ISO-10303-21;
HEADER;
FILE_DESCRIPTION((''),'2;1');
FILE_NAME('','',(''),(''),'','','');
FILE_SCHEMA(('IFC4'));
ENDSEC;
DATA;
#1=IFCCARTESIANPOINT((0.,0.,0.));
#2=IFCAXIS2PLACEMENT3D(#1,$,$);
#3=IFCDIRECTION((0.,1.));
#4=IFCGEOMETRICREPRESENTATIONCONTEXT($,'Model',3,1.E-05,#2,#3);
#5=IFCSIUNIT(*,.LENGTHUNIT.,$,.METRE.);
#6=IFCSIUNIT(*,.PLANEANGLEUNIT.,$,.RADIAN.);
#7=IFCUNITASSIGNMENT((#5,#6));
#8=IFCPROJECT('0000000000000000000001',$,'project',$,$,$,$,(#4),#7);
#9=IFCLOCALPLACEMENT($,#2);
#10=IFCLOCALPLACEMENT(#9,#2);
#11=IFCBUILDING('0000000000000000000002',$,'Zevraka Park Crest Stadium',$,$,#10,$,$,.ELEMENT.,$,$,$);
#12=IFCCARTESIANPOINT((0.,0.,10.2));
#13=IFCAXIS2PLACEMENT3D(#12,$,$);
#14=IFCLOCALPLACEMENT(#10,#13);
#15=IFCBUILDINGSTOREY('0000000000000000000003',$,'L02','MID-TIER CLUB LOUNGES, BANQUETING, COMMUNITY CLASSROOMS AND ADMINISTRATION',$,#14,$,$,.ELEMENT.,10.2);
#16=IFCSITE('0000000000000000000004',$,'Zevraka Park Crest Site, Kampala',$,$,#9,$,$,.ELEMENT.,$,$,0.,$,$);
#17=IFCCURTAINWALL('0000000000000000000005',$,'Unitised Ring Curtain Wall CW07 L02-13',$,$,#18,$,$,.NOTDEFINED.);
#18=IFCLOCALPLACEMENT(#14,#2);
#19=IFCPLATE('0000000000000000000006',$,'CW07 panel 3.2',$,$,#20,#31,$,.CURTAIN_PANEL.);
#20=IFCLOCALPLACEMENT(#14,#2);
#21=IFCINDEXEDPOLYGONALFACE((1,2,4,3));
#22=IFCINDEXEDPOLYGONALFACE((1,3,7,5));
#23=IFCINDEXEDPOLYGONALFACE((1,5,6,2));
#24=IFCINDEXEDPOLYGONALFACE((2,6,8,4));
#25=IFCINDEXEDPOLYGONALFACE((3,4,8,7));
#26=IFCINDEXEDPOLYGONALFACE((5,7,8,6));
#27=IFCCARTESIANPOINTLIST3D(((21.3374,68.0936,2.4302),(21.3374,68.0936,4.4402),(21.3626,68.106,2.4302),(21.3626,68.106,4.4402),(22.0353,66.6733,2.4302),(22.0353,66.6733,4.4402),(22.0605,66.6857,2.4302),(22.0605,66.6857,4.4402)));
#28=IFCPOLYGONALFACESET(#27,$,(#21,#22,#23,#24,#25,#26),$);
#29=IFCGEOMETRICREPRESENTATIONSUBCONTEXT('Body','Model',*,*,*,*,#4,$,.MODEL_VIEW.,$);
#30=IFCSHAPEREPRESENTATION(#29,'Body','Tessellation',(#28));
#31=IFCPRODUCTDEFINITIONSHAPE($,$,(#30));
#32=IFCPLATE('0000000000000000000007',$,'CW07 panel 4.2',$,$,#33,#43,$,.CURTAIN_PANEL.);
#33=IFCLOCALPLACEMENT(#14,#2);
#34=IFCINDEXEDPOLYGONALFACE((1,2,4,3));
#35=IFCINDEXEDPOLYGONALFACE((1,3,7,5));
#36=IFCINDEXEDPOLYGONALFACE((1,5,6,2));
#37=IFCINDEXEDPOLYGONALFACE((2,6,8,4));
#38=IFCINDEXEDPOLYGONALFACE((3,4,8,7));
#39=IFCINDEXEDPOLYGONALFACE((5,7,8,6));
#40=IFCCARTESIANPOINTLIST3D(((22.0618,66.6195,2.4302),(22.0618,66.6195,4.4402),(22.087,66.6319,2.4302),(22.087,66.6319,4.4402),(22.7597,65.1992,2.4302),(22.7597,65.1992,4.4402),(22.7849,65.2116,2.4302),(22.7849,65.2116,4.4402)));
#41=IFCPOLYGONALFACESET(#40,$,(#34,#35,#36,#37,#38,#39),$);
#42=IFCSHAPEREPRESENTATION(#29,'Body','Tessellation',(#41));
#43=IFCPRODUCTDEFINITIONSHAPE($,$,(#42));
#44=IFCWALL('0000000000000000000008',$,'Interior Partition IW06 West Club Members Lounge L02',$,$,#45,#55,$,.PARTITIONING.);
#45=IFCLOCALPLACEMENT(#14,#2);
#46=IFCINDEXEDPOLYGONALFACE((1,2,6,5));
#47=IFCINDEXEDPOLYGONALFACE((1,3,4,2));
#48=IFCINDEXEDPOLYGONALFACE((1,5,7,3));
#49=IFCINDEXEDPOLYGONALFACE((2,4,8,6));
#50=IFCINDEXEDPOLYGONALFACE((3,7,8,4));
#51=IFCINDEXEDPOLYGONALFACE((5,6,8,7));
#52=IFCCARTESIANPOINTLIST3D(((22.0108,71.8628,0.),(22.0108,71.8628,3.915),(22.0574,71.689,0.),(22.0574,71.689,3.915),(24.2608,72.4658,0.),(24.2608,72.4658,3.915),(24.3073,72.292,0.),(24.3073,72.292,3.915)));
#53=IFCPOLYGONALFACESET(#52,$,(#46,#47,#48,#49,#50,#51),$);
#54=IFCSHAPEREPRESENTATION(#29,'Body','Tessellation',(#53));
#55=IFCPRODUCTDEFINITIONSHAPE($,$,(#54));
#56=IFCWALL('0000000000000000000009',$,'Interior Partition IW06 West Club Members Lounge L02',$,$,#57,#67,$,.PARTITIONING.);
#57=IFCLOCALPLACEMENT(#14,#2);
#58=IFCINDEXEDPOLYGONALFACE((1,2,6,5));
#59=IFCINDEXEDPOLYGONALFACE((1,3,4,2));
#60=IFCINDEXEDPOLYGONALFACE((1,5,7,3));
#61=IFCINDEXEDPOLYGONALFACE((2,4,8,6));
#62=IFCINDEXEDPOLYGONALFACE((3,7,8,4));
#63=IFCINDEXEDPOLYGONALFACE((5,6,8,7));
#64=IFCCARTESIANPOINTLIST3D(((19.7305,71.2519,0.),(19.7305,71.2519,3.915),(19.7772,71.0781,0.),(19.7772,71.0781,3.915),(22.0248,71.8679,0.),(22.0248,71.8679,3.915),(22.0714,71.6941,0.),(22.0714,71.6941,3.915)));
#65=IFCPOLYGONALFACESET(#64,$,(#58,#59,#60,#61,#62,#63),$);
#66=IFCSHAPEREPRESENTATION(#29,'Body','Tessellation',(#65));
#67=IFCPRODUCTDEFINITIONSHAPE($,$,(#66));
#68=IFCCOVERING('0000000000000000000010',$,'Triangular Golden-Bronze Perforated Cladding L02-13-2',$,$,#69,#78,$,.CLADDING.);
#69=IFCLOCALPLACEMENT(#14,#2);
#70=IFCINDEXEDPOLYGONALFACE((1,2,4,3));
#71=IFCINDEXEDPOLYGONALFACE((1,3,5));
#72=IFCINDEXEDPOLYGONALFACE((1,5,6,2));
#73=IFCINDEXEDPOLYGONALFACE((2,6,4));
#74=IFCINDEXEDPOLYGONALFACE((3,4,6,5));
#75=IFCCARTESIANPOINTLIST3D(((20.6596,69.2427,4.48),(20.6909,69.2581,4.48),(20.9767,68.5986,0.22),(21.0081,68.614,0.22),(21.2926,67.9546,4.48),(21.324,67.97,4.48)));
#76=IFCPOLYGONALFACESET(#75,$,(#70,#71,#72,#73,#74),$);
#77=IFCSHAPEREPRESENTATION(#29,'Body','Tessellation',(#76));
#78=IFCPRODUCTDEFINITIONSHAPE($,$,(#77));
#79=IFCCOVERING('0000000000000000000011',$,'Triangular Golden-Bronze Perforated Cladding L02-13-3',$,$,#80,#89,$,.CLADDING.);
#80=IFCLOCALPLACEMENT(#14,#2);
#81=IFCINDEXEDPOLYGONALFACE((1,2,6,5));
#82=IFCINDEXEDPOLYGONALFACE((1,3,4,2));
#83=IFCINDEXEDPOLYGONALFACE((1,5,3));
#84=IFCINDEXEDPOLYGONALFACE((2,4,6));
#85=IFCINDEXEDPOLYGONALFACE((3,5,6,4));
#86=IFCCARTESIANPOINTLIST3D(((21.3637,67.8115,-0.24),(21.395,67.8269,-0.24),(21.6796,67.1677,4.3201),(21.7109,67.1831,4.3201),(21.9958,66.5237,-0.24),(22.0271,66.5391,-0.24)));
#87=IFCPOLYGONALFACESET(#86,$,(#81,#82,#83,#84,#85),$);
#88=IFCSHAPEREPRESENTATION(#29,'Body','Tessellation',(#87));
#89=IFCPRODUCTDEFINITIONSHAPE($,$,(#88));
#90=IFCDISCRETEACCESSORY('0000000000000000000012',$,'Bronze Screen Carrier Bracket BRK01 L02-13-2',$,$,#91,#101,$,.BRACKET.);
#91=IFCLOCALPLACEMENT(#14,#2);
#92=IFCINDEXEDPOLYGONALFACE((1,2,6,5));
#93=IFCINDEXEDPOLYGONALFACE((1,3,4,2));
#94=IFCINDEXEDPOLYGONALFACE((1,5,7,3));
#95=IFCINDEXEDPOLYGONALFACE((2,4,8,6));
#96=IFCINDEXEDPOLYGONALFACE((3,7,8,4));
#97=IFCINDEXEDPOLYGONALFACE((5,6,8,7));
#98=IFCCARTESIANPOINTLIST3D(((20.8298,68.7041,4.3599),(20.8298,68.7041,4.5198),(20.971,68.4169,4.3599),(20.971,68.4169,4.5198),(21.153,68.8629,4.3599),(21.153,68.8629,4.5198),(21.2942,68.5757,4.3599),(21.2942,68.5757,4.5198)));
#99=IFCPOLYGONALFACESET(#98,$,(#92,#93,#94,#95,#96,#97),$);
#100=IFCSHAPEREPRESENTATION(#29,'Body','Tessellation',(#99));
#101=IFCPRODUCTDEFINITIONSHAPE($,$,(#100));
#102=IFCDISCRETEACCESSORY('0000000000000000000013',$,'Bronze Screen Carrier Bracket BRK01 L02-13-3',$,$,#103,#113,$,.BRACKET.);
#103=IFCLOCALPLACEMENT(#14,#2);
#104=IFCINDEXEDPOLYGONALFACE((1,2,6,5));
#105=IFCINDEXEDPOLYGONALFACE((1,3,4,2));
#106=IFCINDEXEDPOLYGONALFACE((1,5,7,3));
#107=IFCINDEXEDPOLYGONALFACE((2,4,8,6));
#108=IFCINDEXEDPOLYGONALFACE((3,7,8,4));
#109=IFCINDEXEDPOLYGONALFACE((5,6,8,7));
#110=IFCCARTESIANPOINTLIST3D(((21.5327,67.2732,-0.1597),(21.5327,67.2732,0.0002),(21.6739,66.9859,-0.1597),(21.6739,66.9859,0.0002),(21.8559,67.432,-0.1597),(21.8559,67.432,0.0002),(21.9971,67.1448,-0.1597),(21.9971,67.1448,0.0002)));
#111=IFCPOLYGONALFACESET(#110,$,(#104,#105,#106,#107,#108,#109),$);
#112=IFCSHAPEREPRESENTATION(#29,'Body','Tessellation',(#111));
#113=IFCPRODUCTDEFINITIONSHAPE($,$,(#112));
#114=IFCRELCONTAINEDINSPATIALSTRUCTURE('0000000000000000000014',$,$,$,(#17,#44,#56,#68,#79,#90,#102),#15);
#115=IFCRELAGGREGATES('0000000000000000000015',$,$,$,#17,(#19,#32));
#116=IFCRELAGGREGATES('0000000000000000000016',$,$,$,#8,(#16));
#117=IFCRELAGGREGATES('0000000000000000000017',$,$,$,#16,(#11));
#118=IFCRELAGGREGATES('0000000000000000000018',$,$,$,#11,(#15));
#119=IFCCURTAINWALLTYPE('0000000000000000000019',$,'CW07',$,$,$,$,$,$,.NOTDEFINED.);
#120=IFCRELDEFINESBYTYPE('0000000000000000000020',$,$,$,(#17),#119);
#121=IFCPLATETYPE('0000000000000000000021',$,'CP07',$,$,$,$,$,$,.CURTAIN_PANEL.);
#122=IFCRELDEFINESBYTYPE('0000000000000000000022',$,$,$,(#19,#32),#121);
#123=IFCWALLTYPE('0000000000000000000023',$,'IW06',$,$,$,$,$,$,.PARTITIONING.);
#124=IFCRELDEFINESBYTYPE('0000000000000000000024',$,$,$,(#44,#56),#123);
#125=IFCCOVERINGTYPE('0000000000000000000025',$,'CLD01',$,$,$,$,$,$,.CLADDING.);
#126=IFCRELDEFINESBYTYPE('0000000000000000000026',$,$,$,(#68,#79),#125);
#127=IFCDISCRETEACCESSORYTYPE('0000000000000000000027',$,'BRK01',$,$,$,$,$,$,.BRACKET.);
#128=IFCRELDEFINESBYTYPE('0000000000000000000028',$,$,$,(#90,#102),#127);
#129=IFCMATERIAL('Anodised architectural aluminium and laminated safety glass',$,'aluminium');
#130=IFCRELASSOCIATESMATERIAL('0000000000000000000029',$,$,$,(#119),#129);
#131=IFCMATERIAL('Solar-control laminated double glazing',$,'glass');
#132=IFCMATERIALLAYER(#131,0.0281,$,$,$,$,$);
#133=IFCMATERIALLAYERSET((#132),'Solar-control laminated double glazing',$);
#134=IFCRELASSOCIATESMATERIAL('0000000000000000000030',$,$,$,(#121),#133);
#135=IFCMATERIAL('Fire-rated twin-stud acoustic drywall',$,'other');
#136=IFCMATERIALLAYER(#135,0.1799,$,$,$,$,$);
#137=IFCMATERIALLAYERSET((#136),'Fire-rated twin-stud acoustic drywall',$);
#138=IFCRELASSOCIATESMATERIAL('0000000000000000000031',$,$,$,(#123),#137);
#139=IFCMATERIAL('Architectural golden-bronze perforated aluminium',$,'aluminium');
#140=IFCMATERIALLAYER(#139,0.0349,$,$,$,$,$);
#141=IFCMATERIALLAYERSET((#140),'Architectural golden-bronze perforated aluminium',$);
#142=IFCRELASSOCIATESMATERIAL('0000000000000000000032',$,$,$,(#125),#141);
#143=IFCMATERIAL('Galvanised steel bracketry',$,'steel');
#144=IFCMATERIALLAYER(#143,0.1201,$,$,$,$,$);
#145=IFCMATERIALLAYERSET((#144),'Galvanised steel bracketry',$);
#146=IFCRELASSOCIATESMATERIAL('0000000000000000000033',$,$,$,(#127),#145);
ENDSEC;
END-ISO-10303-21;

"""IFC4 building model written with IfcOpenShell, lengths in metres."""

from ifc_helpers import new_model, si_unit, direction, frame, frame_2d, origin, origin_2d, place, context, subcontext, project, spatial, polyline, rectangle, outline, extrude, material, layer, layer_set, type_object, element, aggregate, save


model = new_model("IFC4")

# Units and contexts
model_context = context("Model", 3, precision=1e-05, world=origin(), true_north=direction((0.0, 1.0)))
body_context = subcontext(model_context, "Body", "Model", "MODEL_VIEW")
ifc_project = project(units=[si_unit("LENGTHUNIT", "METRE"), si_unit("PLANEANGLEUNIT", "RADIAN")], contexts=[model_context])

# Site, building, storey
site_placement = place(None, origin())
site = spatial("IfcSite", under=ifc_project, at=site_placement, Name="Zevraka Park Crest Site, Kampala", CompositionType="ELEMENT", RefElevation=0.0)
building_placement = place(site_placement, origin())
building = spatial("IfcBuilding", under=site, at=building_placement, Name="Zevraka Park Crest Stadium", CompositionType="ELEMENT")
storey_placement = place(building_placement, frame((0.0, 0.0, 10.2)))
storey = spatial("IfcBuildingStorey", under=building, at=storey_placement, Name="L02", Description="MID-TIER CLUB LOUNGES, BANQUETING, COMMUNITY CLASSROOMS AND ADMINISTRATION", CompositionType="ELEMENT", Elevation=10.2)

# Curtain wall
ifc_material_1 = material(Name="Anodised architectural aluminium and laminated safety glass", Category="aluminium")
curtain_wall_type = type_object("IfcCurtainWallType", Name="CW07", PredefinedType="NOTDEFINED", material=ifc_material_1)
curtain_wall_placement = place(storey_placement, origin())
curtain_wall = element("IfcCurtainWall", 1, at=curtain_wall_placement, inside=storey, type_object=curtain_wall_type, Name="Unitised Ring Curtain Wall CW07 L02-13", PredefinedType="NOTDEFINED")

# Plates
ifc_material_2 = material(Name="Solar-control laminated double glazing", Category="glass")
ifc_layer_1 = layer(ifc_material_2, 0.0281)
ifc_layer_set_1 = layer_set([ifc_layer_1], Name="Solar-control laminated double glazing")
plate_type = type_object("IfcPlateType", Name="CP07", PredefinedType="CURTAIN_PANEL", material=ifc_layer_set_1)
plate_1_placement = place(storey_placement, frame((21.699, 67.3896, 2.4302), z_axis=(0.0, 0.0, 1.0), x_axis=(0.441021, -0.897497, 0.0)))
plate_1 = element("IfcPlate", 2, at=plate_1_placement, type_object=plate_type, Name="CW07 panel 3.2", PredefinedType="CURTAIN_PANEL", context=body_context, shape_type="SweptSolid", body=[
    extrude(rectangle(XDim=1.5825, YDim=0.0281, at=origin_2d()), origin(), (0.0, 0.0, 1.0), 2.01),
])
plate_2_placement = place(storey_placement, frame((22.4233, 65.9155, 2.4302), z_axis=(0.0, 0.0, 1.0), x_axis=(0.441021, -0.897497, 0.0)))
plate_2 = element("IfcPlate", 3, at=plate_2_placement, type_object=plate_type, Name="CW07 panel 4.2", PredefinedType="CURTAIN_PANEL", context=body_context, shape_type="SweptSolid", body=[
    extrude(rectangle(XDim=1.5825, YDim=0.0281, at=origin_2d()), origin(), (0.0, 0.0, 1.0), 2.01),
])
aggregate(curtain_wall, [plate_1, plate_2])

# Walls
ifc_material_3 = material(Name="Fire-rated twin-stud acoustic drywall", Category="other")
ifc_layer_2 = layer(ifc_material_3, 0.1799)
ifc_layer_set_2 = layer_set([ifc_layer_2], Name="Fire-rated twin-stud acoustic drywall")
wall_type = type_object("IfcWallType", Name="IW06", PredefinedType="PARTITIONING", material=ifc_layer_set_2)
wall_1_placement = place(storey_placement, frame((24.2839, 72.3789, 0.0), z_axis=(0.0, 0.0, 1.0), x_axis=(-0.965911, -0.258876, 0.0)))
element("IfcWall", 4, at=wall_1_placement, inside=storey, type_object=wall_type, Name="Interior Partition IW06 West Club Members Lounge L02", PredefinedType="PARTITIONING", context=body_context, shape_type="SweptSolid", body=[
    extrude(rectangle(XDim=2.3293, YDim=0.1799, at=frame_2d((1.1646, 0.0))), origin(), (0.0, 0.0, 1.0), 3.915),
])
wall_2_placement = place(storey_placement, frame((22.0481, 71.781, 0.0), z_axis=(0.0, 0.0, 1.0), x_axis=(-0.965795, -0.259306, 0.0)))
element("IfcWall", 5, at=wall_2_placement, inside=storey, type_object=wall_type, Name="Interior Partition IW06 West Club Members Lounge L02", PredefinedType="PARTITIONING", context=body_context, shape_type="SweptSolid", body=[
    extrude(rectangle(XDim=2.3755, YDim=0.1799, at=frame_2d((1.1877, 0.0))), origin(), (0.0, 0.0, 1.0), 3.915),
])

# Coverings
ifc_material_4 = material(Name="Architectural golden-bronze perforated aluminium", Category="aluminium")
ifc_layer_3 = layer(ifc_material_4, 0.0349)
ifc_layer_set_3 = layer_set([ifc_layer_3], Name="Architectural golden-bronze perforated aluminium")
covering_type = type_object("IfcCoveringType", Name="CLD01", PredefinedType="CLADDING", material=ifc_layer_set_3)
covering_1_placement = place(storey_placement, frame((21.324, 67.97, 4.48), z_axis=(0.897468, 0.441079, 0.000129), x_axis=(-0.441079, 0.897468, 0.0)))
element("IfcCovering", 6, at=covering_1_placement, inside=storey, type_object=covering_type, Name="Triangular Golden-Bronze Perforated Cladding L02-13-2", PredefinedType="CLADDING", context=body_context, shape_type="SweptSolid", body=[
    extrude(outline(polyline([(0.0, 0.0), (1.4352, 0.0), (0.7174, -4.26), (0.0, 0.0)])), origin(), (0.0, 0.0, -1.0), 0.0349),
])
covering_2_placement = place(storey_placement, frame((21.395, 67.8269, -0.24), z_axis=(0.897704, 0.440598, 0.000012), x_axis=(0.440598, -0.897704, 0.0)))
element("IfcCovering", 7, at=covering_2_placement, inside=storey, type_object=covering_type, Name="Triangular Golden-Bronze Perforated Cladding L02-13-3", PredefinedType="CLADDING", context=body_context, shape_type="SweptSolid", body=[
    extrude(outline(polyline([(0.0, 0.0), (1.4346, 0.0), (0.7171, -4.5601), (0.0, 0.0)])), origin(), (0.0, 0.0, -1.0), 0.0349),
])

# Discrete accessories
ifc_material_5 = material(Name="Galvanised steel bracketry", Category="steel")
ifc_layer_4 = layer(ifc_material_5, 0.1201)
ifc_layer_set_4 = layer_set([ifc_layer_4], Name="Galvanised steel bracketry")
discrete_accessory_type = type_object("IfcDiscreteAccessoryType", Name="BRK01", PredefinedType="BRACKET", material=ifc_layer_set_4)
for number, where, z_axis, x_axis, name in (
    (8, (21.062, 68.6399, 4.3599), (0.0, 0.0, 1.0), (0.441036, -0.897489, 0.0), "Bronze Screen Carrier Bracket BRK01 L02-13-2"),
    (9, (21.7649, 67.209, -0.1597), (0.0, 0.0, 1.0), (0.441036, -0.897489, 0.0), "Bronze Screen Carrier Bracket BRK01 L02-13-3"),
):
    element("IfcDiscreteAccessory", number, at=place(storey_placement, frame(where, z_axis=z_axis, x_axis=x_axis)), inside=storey, type_object=discrete_accessory_type, Name=name, PredefinedType="BRACKET", context=body_context, shape_type="SweptSolid", body=[
        extrude(rectangle(XDim=0.3201, YDim=0.3601, at=origin_2d()), origin(), (0.0, 0.0, 1.0), 0.1599),
    ])

save(model, "model.ifc")
